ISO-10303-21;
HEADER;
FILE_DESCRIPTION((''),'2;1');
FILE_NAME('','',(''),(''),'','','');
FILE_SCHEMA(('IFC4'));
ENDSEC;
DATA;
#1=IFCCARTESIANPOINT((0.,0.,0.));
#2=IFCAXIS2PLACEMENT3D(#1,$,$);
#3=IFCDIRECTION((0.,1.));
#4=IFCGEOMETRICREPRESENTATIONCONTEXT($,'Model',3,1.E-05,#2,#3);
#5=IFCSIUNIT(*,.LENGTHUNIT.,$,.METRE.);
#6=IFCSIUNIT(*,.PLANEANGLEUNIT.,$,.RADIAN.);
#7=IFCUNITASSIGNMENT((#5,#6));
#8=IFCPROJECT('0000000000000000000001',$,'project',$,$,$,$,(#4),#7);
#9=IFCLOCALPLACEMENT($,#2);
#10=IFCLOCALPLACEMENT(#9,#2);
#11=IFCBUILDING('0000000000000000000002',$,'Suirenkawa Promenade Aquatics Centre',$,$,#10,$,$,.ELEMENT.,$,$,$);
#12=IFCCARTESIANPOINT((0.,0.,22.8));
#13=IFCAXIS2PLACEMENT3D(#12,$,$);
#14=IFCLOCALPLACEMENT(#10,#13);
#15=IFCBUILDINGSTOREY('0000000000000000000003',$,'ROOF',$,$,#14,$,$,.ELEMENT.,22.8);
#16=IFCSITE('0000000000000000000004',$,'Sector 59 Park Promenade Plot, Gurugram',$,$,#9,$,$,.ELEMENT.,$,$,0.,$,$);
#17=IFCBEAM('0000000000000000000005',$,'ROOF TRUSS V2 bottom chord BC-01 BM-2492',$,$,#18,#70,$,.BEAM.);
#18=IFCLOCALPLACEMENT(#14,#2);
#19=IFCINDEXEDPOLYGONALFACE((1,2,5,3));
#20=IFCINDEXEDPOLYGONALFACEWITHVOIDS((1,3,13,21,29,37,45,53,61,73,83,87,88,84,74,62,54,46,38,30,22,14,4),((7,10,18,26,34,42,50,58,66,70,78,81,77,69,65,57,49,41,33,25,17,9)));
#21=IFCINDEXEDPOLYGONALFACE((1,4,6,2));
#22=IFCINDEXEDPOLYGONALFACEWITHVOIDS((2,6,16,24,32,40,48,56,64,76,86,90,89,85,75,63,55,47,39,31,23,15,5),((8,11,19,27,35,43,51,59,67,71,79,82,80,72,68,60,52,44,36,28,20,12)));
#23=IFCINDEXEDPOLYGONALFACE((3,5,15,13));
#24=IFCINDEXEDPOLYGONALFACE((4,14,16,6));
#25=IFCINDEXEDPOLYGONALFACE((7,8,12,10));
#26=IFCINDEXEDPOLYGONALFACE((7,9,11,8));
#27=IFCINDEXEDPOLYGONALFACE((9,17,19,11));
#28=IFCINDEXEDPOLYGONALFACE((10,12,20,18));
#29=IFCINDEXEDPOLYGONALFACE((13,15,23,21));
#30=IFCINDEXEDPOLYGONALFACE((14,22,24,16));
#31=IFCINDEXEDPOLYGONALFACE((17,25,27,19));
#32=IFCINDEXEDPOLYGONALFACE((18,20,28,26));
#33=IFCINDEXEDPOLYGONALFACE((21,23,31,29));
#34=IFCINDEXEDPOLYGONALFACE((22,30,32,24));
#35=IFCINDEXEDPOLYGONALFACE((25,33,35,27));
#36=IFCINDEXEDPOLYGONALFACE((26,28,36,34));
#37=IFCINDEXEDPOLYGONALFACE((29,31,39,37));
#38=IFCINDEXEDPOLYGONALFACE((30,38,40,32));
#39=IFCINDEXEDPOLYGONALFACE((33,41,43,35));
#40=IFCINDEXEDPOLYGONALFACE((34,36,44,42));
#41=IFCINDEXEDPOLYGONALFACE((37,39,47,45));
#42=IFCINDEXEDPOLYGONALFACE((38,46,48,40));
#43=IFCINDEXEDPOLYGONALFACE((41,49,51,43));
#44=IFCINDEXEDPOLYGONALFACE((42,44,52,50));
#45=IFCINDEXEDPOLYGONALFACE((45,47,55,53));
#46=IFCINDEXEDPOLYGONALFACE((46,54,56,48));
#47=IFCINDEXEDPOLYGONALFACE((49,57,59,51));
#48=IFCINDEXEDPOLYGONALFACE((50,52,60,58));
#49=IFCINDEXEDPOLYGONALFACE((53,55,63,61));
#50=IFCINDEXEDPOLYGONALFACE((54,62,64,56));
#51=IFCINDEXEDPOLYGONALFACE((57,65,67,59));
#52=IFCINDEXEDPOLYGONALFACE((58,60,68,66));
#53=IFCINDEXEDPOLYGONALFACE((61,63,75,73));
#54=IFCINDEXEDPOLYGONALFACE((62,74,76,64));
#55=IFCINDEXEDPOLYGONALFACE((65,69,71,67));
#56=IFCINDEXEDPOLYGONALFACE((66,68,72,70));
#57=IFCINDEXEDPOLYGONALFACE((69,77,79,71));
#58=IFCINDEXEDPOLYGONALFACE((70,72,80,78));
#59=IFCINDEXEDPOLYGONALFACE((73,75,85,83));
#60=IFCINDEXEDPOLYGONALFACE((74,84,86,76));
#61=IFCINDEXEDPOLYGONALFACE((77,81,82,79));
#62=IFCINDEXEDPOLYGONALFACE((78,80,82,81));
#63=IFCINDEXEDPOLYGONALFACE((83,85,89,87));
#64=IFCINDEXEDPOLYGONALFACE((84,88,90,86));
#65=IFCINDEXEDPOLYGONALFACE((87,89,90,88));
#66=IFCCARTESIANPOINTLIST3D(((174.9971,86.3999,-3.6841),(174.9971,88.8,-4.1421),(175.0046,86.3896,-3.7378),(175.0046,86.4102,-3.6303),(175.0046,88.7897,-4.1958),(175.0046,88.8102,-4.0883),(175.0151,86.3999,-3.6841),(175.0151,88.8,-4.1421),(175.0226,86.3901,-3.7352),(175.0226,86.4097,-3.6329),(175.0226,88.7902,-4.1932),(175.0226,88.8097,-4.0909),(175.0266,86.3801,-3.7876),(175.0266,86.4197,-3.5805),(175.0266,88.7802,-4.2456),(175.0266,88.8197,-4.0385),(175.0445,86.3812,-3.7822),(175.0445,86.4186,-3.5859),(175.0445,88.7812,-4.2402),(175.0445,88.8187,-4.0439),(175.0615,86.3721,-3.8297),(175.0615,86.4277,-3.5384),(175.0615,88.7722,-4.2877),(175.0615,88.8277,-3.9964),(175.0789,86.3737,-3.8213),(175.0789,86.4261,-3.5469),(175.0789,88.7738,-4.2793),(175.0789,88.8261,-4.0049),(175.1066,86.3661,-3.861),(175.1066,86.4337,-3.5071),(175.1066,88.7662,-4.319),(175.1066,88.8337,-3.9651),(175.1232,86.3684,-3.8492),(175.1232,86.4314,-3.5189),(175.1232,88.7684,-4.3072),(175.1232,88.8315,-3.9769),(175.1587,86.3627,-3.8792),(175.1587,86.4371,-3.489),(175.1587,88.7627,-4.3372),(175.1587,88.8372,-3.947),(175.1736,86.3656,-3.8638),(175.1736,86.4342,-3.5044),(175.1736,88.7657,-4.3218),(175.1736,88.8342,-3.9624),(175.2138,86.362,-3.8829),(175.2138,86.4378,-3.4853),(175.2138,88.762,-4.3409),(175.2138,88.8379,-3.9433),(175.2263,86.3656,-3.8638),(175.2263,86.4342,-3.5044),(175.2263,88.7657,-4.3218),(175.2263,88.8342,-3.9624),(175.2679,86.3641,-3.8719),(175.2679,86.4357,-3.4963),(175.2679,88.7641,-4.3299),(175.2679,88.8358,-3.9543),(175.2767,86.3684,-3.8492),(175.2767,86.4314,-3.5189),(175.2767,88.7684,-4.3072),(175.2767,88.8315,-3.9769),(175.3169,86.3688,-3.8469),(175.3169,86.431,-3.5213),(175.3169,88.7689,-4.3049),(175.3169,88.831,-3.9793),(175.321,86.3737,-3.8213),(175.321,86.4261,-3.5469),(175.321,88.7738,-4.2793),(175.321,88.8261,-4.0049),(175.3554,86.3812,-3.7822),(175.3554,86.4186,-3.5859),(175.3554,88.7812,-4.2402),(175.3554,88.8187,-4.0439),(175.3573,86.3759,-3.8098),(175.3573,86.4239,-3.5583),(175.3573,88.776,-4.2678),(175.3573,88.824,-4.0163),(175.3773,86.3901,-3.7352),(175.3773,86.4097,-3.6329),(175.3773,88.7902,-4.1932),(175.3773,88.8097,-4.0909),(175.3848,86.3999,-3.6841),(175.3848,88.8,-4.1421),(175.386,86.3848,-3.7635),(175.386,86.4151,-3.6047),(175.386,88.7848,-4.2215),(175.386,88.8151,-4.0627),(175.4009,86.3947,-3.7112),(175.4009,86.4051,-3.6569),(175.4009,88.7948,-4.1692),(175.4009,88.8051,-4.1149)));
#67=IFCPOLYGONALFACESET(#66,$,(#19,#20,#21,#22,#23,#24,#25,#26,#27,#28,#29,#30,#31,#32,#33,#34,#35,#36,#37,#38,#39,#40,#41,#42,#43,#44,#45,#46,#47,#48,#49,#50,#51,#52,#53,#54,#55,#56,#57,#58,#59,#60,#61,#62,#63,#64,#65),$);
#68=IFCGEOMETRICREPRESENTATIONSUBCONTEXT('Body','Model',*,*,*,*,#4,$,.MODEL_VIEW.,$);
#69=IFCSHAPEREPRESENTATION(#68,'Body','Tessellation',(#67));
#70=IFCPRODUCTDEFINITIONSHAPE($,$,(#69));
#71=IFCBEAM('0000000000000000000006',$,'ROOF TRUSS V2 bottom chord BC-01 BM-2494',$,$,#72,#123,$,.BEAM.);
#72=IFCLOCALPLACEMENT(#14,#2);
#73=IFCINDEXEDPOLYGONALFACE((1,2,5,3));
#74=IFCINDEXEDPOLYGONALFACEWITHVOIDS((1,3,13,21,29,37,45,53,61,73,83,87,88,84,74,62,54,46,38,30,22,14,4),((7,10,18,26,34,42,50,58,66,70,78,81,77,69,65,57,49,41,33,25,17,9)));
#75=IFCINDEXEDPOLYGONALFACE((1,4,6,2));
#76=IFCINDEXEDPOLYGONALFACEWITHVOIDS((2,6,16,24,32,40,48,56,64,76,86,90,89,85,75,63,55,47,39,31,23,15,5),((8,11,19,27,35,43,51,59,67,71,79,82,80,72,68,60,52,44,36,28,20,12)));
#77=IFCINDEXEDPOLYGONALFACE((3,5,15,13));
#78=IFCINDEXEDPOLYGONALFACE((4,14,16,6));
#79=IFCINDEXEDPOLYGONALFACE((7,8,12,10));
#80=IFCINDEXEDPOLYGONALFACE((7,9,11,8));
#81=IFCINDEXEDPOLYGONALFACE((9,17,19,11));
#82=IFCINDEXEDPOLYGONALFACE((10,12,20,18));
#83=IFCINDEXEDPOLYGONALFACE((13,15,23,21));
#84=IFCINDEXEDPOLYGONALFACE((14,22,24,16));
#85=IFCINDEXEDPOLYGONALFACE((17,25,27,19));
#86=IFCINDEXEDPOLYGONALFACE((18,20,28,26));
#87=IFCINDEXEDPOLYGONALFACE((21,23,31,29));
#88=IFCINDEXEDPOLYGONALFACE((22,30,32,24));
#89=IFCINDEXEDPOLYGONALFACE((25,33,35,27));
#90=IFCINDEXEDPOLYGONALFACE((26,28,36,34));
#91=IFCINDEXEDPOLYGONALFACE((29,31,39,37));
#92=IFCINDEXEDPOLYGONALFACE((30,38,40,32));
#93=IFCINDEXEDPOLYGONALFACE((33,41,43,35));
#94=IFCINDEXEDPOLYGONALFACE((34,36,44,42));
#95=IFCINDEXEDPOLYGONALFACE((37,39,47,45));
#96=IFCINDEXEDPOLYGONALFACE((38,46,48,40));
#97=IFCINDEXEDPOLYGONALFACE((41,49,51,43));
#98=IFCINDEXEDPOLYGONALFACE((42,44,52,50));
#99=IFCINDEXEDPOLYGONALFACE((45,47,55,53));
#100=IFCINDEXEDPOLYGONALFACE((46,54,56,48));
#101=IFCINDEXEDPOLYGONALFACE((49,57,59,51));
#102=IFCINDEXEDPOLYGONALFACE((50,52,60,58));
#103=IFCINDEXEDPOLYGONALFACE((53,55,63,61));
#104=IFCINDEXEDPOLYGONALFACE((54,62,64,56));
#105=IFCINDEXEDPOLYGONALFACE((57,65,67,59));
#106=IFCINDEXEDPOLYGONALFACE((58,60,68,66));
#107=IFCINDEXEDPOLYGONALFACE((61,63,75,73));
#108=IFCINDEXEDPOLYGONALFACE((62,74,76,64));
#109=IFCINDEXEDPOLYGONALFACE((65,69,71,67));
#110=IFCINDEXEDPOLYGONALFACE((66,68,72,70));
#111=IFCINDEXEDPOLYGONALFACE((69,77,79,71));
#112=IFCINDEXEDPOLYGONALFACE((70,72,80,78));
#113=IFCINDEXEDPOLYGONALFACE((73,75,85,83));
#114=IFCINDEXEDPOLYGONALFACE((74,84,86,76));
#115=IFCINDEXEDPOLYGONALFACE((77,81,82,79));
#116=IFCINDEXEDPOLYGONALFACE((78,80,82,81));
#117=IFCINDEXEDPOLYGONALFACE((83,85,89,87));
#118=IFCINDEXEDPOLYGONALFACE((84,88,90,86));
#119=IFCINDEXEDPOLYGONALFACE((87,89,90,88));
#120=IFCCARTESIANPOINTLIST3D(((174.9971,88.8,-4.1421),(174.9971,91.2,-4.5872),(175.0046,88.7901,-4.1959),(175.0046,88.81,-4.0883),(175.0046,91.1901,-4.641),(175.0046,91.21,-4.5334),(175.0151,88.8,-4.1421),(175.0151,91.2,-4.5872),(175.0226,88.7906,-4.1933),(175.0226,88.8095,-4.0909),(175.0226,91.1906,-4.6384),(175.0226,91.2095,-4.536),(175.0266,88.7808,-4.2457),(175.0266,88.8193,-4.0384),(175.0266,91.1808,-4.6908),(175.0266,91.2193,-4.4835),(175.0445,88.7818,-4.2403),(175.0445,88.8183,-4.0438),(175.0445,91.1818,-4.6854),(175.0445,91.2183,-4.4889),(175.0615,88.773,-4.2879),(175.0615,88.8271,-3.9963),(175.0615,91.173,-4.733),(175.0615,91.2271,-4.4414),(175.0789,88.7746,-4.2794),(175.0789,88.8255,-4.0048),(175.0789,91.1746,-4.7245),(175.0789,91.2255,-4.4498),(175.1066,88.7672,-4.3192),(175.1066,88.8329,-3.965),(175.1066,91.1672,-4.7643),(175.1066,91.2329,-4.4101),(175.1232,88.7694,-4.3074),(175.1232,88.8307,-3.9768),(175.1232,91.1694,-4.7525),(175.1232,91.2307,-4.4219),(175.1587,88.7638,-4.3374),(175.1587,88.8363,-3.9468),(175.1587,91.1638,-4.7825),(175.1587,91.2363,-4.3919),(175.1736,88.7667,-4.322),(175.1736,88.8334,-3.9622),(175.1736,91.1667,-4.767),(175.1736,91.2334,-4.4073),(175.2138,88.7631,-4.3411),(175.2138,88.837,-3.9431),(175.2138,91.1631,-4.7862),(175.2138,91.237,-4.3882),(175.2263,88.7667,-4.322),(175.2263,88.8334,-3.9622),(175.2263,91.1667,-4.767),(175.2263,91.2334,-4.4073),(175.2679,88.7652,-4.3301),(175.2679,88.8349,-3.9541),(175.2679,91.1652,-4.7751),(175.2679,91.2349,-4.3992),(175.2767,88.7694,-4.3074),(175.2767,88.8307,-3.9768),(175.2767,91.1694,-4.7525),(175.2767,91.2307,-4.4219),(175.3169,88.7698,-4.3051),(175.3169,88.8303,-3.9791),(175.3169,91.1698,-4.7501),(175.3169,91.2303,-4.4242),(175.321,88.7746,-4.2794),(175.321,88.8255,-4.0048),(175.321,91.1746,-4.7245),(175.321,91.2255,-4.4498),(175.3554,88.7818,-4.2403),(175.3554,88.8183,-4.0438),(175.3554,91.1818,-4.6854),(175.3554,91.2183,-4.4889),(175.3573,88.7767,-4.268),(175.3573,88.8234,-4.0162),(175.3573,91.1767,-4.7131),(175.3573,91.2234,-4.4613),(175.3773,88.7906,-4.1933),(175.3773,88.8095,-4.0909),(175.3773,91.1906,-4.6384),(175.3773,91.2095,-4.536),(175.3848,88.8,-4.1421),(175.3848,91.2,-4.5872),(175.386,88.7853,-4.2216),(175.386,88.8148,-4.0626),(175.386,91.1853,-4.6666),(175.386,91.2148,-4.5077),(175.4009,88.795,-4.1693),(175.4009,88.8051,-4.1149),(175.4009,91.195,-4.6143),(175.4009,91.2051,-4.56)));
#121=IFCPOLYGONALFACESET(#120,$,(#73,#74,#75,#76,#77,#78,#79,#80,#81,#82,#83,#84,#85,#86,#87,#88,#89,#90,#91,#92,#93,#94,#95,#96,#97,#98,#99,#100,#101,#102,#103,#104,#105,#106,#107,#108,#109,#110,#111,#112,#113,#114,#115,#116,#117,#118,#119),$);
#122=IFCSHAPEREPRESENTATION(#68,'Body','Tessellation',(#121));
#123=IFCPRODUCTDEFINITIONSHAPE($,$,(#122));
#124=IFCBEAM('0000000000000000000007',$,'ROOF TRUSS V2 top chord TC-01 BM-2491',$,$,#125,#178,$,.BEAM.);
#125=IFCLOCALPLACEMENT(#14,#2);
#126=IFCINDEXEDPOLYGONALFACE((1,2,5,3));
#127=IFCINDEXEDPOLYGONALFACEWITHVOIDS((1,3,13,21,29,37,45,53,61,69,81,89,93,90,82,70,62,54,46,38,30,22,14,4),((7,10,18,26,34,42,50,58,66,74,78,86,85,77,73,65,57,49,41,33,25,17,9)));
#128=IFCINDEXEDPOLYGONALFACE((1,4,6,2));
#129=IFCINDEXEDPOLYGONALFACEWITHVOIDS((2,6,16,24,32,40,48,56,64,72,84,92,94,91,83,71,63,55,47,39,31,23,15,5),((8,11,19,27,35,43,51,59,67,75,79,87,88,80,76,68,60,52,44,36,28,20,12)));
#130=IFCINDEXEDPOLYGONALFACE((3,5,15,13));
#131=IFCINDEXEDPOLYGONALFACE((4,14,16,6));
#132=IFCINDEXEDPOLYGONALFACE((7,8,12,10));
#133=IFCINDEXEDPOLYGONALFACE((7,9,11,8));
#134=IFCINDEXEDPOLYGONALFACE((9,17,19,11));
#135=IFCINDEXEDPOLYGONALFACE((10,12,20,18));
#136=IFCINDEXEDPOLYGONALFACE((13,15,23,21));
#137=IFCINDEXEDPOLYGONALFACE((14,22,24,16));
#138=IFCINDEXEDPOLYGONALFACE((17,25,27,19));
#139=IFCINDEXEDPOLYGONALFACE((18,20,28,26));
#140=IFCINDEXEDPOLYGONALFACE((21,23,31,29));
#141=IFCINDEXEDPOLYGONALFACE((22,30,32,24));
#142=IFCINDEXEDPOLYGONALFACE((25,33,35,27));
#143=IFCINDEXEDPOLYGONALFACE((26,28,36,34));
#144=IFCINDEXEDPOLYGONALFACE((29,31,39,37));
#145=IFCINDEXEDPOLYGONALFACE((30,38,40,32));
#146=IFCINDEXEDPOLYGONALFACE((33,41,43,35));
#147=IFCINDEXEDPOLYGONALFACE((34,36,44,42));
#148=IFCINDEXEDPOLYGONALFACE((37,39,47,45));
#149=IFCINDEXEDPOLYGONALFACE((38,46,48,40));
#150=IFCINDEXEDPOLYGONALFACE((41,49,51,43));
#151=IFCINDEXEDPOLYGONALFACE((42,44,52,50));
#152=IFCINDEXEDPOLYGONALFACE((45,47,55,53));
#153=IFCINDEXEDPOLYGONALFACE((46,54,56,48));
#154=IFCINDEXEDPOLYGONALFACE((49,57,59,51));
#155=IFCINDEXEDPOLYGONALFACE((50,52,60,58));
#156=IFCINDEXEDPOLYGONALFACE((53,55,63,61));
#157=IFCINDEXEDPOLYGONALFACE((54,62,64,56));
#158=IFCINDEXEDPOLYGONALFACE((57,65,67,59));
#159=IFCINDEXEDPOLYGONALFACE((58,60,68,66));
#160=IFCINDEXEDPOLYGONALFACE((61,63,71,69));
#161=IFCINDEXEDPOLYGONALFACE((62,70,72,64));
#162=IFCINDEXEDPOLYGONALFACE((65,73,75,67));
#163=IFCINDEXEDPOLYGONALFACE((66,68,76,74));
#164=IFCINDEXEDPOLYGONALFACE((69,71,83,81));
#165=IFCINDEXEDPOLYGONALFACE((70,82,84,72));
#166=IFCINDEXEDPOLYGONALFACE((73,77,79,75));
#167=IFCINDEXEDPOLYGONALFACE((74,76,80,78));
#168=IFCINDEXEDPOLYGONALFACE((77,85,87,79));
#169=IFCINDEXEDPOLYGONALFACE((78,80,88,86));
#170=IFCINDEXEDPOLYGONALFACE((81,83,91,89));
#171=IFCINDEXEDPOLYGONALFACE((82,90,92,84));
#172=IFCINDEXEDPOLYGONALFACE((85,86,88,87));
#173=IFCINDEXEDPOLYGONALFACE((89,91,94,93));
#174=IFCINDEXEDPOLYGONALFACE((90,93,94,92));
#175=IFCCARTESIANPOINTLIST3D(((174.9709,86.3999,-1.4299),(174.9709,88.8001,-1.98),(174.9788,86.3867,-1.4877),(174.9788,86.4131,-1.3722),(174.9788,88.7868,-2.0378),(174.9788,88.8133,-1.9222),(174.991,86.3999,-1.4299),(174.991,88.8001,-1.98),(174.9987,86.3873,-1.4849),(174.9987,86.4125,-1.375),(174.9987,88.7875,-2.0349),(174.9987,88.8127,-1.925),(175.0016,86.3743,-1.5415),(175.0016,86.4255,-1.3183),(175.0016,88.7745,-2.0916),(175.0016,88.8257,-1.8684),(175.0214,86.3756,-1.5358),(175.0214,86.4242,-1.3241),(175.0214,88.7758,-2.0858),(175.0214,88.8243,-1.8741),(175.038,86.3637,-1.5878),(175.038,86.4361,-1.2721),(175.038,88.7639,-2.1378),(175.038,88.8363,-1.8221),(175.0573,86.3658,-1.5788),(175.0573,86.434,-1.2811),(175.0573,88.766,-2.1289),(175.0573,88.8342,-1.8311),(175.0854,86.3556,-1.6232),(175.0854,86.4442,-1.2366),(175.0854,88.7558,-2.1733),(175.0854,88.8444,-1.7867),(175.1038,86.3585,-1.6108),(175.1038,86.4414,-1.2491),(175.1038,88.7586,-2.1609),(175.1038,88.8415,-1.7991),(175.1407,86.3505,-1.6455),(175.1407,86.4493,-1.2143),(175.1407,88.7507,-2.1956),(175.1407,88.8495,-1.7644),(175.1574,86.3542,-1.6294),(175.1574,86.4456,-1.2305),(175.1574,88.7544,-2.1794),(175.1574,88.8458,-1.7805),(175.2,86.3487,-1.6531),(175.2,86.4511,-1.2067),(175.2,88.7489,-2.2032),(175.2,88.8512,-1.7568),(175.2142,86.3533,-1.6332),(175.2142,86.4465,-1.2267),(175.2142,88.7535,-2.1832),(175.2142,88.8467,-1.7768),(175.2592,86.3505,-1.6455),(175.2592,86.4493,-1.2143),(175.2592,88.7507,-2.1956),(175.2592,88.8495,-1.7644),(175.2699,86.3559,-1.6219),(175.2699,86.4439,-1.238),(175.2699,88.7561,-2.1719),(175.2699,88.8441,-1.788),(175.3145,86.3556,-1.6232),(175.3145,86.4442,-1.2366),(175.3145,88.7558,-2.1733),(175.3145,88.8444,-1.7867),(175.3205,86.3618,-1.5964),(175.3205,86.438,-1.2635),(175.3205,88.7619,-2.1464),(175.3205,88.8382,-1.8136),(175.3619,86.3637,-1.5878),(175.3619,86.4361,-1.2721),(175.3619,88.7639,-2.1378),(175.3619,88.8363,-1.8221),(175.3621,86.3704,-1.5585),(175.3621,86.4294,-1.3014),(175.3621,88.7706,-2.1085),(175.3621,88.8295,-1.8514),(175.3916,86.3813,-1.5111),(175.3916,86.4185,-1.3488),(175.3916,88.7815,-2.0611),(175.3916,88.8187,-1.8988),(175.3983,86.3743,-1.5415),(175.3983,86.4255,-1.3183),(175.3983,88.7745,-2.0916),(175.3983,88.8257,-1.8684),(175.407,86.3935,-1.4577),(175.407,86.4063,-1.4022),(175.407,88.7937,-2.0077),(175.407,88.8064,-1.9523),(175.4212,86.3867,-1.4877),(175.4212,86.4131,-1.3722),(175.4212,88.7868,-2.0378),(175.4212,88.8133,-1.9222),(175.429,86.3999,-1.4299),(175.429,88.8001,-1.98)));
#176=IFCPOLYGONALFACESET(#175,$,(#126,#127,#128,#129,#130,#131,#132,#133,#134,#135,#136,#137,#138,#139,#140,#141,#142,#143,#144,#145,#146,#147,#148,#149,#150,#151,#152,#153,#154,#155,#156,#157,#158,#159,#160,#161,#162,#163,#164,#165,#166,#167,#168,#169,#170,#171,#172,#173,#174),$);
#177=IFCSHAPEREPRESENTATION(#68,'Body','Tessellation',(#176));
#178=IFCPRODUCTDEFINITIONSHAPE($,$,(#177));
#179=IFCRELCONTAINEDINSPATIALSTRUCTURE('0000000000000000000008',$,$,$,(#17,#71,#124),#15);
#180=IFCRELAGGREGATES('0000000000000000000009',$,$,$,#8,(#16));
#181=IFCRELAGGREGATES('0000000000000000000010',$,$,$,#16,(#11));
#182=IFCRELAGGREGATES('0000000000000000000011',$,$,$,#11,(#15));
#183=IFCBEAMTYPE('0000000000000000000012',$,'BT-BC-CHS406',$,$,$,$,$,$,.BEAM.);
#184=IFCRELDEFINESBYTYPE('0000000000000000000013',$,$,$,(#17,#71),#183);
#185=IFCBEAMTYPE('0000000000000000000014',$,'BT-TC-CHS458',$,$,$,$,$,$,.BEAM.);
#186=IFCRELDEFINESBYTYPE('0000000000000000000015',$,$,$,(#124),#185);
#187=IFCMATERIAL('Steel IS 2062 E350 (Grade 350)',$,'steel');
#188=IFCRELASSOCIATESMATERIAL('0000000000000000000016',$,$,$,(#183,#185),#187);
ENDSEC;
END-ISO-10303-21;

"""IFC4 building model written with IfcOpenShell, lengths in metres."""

from ifc_helpers import new_model, si_unit, direction, frame, origin, origin_2d, place, context, subcontext, project, spatial, hollow_circle, extrude, material, material_profile, profile_set, type_object, element, save


model = new_model("IFC4")

# Units and contexts
model_context = context("Model", 3, precision=1e-05, world=origin(), true_north=direction((0.0, 1.0)))
body_context = subcontext(model_context, "Body", "Model", "MODEL_VIEW")
ifc_project = project(units=[si_unit("LENGTHUNIT", "METRE"), si_unit("PLANEANGLEUNIT", "RADIAN")], contexts=[model_context])

# Site, building, storey
site_placement = place(None, origin())
site = spatial("IfcSite", under=ifc_project, at=site_placement, Name="Sector 59 Park Promenade Plot, Gurugram", CompositionType="ELEMENT", RefElevation=0.0)
building_placement = place(site_placement, origin())
building = spatial("IfcBuilding", under=site, at=building_placement, Name="Suirenkawa Promenade Aquatics Centre", CompositionType="ELEMENT")
storey_placement = place(building_placement, frame((0.0, 0.0, 22.8)))
storey = spatial("IfcBuildingStorey", under=building, at=storey_placement, Name="ROOF", CompositionType="ELEMENT", Elevation=22.8)

# Beams
ifc_material_1 = material(Name="Steel IS 2062 E350 (Grade 350)", Category="steel")
ifc_material_profile_1 = material_profile(ifc_material_1, hollow_circle(Radius=0.2029, WallThickness=0.0181, at=origin_2d()), Name="CHS 406x18", Category="steel")
ifc_profile_set_1 = profile_set([ifc_material_profile_1], Name="Steel IS 2062 E350 (Grade 350)")
beam_type_1 = type_object("IfcBeamType", Name="BT-BC-CHS406", PredefinedType="BEAM", material=ifc_profile_set_1)
beam_1_placement = place(storey_placement, frame((175.2, 86.3999, -3.6841), z_axis=(0.0, 0.982276, -0.187443), x_axis=(-1.0, 0.0, 0.0)))
element("IfcBeam", 1, at=beam_1_placement, inside=storey, type_object=beam_type_1, Name="ROOF TRUSS V2 bottom chord BC-01 BM-2492", PredefinedType="BEAM", context=body_context, shape_type="SweptSolid", body=[
    extrude(hollow_circle(Radius=0.2029, WallThickness=0.0181, at=origin_2d()), origin(), (0.0, 0.0, 1.0), 2.4434),
])
beam_2_placement = place(storey_placement, frame((175.2, 88.8, -4.1421), z_axis=(0.0, 0.983235, -0.182344), x_axis=(-1.0, 0.0, 0.0)))
element("IfcBeam", 2, at=beam_2_placement, inside=storey, type_object=beam_type_1, Name="ROOF TRUSS V2 bottom chord BC-01 BM-2494", PredefinedType="BEAM", context=body_context, shape_type="SweptSolid", body=[
    extrude(hollow_circle(Radius=0.2029, WallThickness=0.0181, at=origin_2d()), origin(), (0.0, 0.0, 1.0), 2.4409),
])
ifc_material_profile_2 = material_profile(ifc_material_1, hollow_circle(Radius=0.229, WallThickness=0.02, at=origin_2d()), Name="CHS 458x20", Category="steel")
ifc_profile_set_2 = profile_set([ifc_material_profile_2], Name="Steel IS 2062 E350 (Grade 350)")
beam_type_2 = type_object("IfcBeamType", Name="BT-TC-CHS458", PredefinedType="BEAM", material=ifc_profile_set_2)
beam_3_placement = place(storey_placement, frame((175.2, 86.3999, -1.4299), z_axis=(0.0, 0.974731, -0.223382), x_axis=(-1.0, 0.0, 0.0)))
element("IfcBeam", 3, at=beam_3_placement, inside=storey, type_object=beam_type_2, Name="ROOF TRUSS V2 top chord TC-01 BM-2491", PredefinedType="BEAM", context=body_context, shape_type="SweptSolid", body=[
    extrude(hollow_circle(Radius=0.229, WallThickness=0.02, at=origin_2d()), origin(), (0.0, 0.0, 1.0), 2.4624),
])

save(model, "model.ifc")
